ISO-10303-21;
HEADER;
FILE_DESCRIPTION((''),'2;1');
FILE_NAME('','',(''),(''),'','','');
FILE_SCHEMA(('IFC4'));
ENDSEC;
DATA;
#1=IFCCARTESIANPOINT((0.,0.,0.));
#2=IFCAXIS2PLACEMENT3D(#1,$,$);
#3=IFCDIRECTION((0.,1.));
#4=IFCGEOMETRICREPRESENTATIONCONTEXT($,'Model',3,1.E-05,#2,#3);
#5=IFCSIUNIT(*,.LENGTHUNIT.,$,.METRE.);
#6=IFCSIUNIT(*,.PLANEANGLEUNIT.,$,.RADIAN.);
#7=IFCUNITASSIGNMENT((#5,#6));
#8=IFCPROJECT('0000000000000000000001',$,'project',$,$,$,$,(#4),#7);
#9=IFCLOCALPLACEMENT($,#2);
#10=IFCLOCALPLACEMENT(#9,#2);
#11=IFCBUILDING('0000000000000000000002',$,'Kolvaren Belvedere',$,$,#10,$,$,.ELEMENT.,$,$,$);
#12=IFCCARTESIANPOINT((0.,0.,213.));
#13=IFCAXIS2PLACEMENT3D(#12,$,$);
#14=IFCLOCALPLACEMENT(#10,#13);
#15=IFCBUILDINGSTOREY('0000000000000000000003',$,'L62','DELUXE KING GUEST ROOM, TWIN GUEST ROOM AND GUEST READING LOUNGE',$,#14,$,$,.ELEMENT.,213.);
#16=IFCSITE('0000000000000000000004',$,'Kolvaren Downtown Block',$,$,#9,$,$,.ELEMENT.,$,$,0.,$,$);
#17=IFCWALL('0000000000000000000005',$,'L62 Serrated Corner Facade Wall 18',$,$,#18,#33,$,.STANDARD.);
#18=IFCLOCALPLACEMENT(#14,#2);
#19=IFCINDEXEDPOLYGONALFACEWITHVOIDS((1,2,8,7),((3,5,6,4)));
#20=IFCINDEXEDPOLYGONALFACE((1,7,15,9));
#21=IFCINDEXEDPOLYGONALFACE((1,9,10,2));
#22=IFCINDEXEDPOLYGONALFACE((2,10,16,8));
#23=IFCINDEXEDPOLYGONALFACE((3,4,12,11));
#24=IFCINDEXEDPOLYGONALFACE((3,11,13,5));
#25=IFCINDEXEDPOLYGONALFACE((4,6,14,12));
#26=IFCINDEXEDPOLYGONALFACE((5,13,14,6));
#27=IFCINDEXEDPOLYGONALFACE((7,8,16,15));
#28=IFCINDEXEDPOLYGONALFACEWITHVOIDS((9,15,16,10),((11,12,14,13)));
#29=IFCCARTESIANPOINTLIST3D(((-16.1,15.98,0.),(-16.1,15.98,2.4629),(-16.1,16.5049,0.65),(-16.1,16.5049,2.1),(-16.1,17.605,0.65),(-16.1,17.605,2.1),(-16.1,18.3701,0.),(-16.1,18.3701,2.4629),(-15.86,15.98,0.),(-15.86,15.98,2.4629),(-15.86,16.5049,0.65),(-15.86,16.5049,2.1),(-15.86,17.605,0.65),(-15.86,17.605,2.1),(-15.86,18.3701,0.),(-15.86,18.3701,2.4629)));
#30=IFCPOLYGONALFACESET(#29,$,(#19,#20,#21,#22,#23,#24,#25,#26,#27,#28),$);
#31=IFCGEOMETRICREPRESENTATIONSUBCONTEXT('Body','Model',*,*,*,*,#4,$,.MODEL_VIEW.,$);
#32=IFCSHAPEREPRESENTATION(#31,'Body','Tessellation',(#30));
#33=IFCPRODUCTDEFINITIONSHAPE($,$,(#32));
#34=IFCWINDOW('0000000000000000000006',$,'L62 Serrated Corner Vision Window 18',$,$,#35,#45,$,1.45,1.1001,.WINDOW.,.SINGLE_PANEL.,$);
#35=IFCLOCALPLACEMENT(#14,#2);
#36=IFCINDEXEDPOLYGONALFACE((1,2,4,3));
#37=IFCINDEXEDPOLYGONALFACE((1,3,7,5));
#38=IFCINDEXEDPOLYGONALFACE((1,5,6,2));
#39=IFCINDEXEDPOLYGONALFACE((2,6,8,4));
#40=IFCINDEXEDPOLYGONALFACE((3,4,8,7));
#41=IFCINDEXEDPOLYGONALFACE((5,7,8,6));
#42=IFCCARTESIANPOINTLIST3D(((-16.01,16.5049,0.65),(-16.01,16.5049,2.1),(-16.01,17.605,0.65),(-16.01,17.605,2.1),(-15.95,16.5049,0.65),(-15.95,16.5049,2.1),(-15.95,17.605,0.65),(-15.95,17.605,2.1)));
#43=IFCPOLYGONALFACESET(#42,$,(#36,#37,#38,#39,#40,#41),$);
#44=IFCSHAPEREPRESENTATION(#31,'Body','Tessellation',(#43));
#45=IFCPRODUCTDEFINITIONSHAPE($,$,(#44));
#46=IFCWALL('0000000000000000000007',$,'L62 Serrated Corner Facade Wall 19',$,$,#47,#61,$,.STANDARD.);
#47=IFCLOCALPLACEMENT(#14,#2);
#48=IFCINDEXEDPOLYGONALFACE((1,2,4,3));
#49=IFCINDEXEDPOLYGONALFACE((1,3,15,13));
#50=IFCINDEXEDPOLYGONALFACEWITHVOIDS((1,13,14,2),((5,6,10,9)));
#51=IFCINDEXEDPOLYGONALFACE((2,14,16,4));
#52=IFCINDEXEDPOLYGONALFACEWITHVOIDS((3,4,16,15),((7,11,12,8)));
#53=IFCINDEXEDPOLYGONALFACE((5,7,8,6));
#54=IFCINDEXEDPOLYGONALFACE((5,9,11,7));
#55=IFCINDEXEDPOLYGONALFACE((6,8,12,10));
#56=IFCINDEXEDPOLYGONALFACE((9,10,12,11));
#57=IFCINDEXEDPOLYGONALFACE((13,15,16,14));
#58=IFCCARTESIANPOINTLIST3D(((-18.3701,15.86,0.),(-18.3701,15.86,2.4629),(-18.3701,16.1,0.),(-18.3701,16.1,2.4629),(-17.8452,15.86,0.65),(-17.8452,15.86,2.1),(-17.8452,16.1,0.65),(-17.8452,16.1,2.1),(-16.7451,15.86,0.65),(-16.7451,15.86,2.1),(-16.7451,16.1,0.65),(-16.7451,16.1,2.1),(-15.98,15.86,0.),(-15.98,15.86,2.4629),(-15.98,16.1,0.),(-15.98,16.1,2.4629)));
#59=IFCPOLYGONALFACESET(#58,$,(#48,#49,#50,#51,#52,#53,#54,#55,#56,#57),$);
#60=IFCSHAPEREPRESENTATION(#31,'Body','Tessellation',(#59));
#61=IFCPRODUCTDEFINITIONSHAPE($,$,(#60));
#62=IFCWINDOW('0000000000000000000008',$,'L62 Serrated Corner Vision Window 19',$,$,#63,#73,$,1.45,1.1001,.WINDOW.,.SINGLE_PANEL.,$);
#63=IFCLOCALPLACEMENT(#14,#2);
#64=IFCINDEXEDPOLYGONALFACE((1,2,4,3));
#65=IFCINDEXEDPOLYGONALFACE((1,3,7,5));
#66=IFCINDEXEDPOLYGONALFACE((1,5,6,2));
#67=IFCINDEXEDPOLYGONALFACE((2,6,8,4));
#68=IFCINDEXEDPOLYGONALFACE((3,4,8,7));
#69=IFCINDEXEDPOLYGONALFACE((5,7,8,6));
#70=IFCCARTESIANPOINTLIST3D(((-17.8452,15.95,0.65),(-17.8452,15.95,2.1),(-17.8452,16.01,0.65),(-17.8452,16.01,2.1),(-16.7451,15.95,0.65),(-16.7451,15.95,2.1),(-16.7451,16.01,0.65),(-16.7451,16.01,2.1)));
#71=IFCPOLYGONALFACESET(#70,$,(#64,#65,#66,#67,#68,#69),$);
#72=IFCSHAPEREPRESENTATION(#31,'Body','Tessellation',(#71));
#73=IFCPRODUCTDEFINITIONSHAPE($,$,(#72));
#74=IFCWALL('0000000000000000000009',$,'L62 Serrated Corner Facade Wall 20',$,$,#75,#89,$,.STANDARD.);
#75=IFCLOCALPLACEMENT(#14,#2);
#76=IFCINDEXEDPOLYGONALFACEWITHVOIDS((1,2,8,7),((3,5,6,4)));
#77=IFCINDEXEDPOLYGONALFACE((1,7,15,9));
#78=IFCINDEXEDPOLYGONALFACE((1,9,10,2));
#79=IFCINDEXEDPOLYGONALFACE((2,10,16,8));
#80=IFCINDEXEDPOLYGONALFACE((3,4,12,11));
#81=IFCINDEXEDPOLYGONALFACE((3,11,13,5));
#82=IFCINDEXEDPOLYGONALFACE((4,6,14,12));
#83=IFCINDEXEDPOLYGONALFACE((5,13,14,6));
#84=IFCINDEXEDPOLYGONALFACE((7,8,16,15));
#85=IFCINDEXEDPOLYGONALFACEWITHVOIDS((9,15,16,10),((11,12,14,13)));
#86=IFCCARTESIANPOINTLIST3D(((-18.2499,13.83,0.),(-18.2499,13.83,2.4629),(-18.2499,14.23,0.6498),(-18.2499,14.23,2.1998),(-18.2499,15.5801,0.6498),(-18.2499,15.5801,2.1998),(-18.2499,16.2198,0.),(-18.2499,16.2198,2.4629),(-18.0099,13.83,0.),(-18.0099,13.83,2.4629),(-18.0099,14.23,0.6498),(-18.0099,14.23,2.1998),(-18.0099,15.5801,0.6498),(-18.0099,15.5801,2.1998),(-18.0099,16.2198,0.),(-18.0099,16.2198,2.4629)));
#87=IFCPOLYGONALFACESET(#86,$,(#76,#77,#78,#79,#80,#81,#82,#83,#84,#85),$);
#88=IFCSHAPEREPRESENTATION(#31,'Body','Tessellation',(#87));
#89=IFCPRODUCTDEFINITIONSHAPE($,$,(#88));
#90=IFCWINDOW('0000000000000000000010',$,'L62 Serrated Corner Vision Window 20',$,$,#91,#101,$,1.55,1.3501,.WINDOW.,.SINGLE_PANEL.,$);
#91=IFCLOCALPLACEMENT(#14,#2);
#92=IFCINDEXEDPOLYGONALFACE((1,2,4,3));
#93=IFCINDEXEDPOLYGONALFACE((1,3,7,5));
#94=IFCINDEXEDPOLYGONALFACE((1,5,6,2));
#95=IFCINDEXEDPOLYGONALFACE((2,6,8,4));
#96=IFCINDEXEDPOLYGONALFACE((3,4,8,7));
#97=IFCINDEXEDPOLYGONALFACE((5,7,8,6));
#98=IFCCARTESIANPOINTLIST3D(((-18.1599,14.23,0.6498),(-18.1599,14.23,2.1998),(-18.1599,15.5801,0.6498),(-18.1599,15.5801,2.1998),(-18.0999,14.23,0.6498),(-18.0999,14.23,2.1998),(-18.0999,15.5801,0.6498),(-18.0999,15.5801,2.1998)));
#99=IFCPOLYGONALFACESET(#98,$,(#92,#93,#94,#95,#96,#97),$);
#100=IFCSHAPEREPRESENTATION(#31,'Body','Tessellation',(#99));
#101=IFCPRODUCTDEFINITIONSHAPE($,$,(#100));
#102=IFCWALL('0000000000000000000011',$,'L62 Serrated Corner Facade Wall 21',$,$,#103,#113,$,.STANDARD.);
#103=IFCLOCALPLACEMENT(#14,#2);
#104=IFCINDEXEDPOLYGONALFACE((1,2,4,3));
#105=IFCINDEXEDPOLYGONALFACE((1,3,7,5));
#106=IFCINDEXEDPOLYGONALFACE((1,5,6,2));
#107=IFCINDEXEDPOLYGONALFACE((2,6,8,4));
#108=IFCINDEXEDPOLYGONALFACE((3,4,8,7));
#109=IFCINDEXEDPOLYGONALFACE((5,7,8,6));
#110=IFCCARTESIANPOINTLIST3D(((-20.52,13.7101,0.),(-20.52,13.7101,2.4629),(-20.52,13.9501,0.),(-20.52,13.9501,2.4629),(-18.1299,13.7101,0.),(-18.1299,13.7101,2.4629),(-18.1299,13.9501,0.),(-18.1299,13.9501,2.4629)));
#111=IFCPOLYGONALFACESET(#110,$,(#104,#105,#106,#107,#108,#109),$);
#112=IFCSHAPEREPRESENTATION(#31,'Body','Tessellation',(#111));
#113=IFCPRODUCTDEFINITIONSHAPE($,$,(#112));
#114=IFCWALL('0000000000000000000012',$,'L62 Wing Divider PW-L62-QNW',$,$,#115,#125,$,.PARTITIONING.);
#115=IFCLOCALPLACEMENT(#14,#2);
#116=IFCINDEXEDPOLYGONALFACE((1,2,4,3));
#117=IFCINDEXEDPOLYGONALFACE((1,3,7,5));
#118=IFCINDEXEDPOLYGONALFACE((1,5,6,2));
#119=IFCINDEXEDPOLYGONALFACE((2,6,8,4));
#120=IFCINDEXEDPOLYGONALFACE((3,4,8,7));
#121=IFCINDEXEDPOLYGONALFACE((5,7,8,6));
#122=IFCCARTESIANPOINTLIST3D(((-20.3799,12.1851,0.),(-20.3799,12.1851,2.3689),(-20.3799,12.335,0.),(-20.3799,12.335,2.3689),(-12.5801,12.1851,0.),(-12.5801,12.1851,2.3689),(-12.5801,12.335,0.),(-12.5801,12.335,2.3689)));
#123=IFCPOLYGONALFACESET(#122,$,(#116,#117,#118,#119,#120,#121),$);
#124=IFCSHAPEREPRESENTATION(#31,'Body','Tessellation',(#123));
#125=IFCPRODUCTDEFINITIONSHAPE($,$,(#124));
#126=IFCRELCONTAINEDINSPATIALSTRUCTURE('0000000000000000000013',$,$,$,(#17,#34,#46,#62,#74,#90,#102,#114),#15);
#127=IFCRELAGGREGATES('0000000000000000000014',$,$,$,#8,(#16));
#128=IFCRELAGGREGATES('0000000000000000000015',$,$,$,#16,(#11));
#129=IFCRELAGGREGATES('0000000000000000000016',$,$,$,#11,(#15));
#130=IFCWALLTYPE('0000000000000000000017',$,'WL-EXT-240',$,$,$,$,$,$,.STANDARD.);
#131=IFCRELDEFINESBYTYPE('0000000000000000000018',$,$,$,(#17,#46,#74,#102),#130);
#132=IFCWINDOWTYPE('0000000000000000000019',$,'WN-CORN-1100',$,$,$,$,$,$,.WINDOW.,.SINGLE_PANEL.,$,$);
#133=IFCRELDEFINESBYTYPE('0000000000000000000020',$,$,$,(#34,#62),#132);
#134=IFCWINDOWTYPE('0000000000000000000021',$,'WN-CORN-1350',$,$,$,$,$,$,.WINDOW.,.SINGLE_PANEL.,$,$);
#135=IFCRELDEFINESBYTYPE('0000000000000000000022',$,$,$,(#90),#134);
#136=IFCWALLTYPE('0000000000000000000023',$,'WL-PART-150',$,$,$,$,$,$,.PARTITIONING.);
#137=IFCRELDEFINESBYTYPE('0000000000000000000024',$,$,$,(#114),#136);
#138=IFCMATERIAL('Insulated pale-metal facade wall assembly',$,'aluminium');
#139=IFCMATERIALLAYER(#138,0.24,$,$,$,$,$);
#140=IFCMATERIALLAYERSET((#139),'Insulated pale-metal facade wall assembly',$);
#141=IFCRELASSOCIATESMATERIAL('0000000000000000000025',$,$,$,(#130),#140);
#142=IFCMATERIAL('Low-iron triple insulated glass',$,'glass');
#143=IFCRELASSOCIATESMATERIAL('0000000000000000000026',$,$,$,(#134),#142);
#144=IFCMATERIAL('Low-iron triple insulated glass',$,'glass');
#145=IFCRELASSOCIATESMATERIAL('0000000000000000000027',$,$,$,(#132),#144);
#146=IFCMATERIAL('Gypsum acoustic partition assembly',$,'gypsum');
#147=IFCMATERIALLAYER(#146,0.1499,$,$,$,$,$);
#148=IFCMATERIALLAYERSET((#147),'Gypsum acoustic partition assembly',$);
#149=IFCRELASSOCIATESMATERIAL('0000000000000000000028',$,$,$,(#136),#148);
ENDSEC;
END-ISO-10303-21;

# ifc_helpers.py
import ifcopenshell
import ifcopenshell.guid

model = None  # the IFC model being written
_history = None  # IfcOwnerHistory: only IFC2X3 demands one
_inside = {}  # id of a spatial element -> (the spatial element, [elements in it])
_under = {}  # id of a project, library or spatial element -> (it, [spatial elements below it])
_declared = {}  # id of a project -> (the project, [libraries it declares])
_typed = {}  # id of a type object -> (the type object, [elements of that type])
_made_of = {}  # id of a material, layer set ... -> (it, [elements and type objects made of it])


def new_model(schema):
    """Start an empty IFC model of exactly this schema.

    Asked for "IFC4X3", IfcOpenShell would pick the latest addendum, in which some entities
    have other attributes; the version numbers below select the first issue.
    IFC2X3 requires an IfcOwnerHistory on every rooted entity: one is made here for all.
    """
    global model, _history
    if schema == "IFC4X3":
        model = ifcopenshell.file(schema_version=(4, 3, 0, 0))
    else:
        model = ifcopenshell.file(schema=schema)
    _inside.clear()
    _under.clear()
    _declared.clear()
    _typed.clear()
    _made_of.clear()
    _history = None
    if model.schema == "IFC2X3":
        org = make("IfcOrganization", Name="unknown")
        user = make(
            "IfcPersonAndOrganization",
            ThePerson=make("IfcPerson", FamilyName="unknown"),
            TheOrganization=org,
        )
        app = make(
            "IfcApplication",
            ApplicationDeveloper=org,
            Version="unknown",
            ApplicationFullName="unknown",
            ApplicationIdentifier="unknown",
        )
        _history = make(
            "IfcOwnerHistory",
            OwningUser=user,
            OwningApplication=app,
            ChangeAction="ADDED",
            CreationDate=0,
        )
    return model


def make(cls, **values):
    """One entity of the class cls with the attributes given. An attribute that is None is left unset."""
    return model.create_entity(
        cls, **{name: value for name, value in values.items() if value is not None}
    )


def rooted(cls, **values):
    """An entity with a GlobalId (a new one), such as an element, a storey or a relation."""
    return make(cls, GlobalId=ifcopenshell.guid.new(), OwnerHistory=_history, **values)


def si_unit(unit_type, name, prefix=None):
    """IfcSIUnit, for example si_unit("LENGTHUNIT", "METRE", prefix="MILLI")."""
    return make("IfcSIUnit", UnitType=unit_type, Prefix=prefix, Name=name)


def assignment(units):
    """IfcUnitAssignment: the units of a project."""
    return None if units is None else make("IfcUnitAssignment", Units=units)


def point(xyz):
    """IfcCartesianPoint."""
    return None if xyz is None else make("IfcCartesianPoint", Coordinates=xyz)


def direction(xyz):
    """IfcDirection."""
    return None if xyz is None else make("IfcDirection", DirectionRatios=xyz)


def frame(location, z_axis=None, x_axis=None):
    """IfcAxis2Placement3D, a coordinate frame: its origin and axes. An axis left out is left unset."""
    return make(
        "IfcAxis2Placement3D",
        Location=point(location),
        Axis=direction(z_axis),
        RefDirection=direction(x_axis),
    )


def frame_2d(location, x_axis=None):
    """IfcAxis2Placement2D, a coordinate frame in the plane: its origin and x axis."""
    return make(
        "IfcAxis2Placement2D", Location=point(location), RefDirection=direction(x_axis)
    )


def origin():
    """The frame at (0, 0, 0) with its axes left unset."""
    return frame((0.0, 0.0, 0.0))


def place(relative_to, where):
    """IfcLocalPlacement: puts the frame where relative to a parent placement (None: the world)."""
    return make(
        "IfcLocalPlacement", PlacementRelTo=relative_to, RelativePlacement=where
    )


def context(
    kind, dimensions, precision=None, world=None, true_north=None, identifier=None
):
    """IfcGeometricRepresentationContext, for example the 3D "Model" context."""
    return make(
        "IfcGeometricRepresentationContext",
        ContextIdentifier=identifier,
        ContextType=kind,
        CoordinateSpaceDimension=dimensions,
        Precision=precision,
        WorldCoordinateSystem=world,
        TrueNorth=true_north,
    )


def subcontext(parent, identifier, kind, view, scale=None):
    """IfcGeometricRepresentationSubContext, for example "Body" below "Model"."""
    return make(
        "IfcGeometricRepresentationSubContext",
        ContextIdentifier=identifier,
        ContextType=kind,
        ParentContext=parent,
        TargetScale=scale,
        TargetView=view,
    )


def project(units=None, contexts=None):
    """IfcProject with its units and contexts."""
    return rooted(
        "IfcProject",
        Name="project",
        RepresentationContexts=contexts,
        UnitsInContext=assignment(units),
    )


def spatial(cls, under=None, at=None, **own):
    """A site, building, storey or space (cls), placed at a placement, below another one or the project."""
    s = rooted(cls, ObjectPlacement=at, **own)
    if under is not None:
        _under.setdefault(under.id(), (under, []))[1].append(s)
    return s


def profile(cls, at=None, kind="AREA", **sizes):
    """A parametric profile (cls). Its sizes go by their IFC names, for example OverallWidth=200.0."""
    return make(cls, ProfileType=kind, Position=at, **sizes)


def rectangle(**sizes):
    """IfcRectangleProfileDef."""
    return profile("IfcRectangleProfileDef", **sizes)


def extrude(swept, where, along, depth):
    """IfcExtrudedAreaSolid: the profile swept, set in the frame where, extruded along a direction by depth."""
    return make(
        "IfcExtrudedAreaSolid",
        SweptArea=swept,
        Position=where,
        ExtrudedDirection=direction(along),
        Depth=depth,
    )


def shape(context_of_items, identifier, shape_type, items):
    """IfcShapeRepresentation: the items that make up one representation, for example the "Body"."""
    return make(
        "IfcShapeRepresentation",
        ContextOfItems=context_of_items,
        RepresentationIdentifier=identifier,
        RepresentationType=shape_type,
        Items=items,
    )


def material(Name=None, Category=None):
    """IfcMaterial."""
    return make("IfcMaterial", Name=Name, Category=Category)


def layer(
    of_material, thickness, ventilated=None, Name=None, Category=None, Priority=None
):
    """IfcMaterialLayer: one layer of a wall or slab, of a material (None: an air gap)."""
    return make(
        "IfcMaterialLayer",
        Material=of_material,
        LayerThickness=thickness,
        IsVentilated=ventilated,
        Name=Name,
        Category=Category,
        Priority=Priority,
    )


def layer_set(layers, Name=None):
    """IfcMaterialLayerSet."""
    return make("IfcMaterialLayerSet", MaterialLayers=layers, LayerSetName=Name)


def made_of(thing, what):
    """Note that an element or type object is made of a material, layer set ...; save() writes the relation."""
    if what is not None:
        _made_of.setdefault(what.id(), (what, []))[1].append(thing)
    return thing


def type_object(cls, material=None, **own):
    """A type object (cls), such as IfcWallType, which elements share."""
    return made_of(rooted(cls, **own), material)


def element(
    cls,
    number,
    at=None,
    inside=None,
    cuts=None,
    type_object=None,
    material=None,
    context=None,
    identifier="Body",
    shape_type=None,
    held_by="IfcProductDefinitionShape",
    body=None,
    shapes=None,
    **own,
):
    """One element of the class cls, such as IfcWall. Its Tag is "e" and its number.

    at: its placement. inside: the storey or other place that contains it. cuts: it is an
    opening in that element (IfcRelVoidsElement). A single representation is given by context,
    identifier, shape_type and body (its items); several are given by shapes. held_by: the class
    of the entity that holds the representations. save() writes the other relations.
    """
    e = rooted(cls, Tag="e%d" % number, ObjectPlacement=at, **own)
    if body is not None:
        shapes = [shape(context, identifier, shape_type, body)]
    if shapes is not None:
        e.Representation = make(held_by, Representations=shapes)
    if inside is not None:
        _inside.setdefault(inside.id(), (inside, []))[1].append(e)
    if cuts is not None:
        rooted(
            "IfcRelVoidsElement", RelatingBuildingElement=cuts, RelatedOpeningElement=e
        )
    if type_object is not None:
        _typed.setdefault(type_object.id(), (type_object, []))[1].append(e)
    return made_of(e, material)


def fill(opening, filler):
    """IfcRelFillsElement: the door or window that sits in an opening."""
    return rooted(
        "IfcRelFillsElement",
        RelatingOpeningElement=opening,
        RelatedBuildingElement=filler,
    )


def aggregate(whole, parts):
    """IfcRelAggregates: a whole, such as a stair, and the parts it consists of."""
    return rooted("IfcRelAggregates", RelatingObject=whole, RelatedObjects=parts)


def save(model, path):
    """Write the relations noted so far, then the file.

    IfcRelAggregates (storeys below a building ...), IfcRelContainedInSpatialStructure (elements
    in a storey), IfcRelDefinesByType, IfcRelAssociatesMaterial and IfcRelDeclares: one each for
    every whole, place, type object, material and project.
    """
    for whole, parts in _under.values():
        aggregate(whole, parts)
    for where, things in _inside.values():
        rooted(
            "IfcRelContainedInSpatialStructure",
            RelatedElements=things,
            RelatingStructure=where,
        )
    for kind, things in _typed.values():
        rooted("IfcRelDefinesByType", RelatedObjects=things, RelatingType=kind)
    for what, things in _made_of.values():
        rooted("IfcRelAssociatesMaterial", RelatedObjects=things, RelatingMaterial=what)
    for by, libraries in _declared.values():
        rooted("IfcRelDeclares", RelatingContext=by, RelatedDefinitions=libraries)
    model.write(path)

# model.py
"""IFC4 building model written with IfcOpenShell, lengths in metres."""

from ifc_helpers import new_model, si_unit, direction, frame, frame_2d, origin, place, context, subcontext, project, spatial, rectangle, extrude, material, layer, layer_set, type_object, element, fill, save


model = new_model("IFC4")

# Units and contexts
model_context = context("Model", 3, precision=1e-05, world=origin(), true_north=direction((0.0, 1.0)))
body_context = subcontext(model_context, "Body", "Model", "MODEL_VIEW")
ifc_project = project(units=[si_unit("LENGTHUNIT", "METRE"), si_unit("PLANEANGLEUNIT", "RADIAN")], contexts=[model_context])

# Site, building, storey
site_placement = place(None, origin())
site = spatial("IfcSite", under=ifc_project, at=site_placement, Name="Kolvaren Downtown Block", CompositionType="ELEMENT", RefElevation=0.0)
building_placement = place(site_placement, origin())
building = spatial("IfcBuilding", under=site, at=building_placement, Name="Kolvaren Belvedere", CompositionType="ELEMENT")
storey_placement = place(building_placement, frame((0.0, 0.0, 213.0)))
storey = spatial("IfcBuildingStorey", under=building, at=storey_placement, Name="L62", Description="DELUXE KING GUEST ROOM, TWIN GUEST ROOM AND GUEST READING LOUNGE", CompositionType="ELEMENT", Elevation=213.0)

# Shared definitions
ifc_material_1 = material(Name="Insulated pale-metal facade wall assembly", Category="aluminium")
ifc_layer_1 = layer(ifc_material_1, 0.24)
ifc_layer_set_1 = layer_set([ifc_layer_1], Name="Insulated pale-metal facade wall assembly")
wall_type_1 = type_object("IfcWallType", Name="WL-EXT-240", PredefinedType="STANDARD", material=ifc_layer_set_1)

# Walls, openings, windows
ifc_material_2 = material(Name="Low-iron triple insulated glass", Category="glass")
window_type_1 = type_object("IfcWindowType", Name="WN-CORN-1350", PartitioningType="SINGLE_PANEL", PredefinedType="WINDOW", material=ifc_material_2)
wall_1_placement = place(storey_placement, frame((-15.98, 15.98, 0.0), z_axis=(0.0, 0.0, 1.0), x_axis=(0.0, 1.0, 0.0)))
wall_1 = element("IfcWall", 1, at=wall_1_placement, inside=storey, type_object=wall_type_1, Name="L62 Serrated Corner Facade Wall 18", PredefinedType="STANDARD", context=body_context, shape_type="SweptSolid", body=[
    extrude(rectangle(XDim=2.3901, YDim=0.24, at=frame_2d((1.1951, 0.0))), origin(), (0.0, 0.0, 1.0), 2.4629),
])
opening_1_placement = place(wall_1_placement, frame((0.5249, 0.0, 0.6499)))
opening_1 = element("IfcOpeningElement", 2, at=opening_1_placement, cuts=wall_1, PredefinedType="OPENING", context=body_context, shape_type="SweptSolid", body=[
    extrude(rectangle(XDim=1.1001, YDim=1.45, at=frame_2d((0.55, 0.7251))), frame((0.0, 0.1299, 0.0), z_axis=(0.0, -1.0, 0.0), x_axis=(1.0, 0.0, 0.0)), (0.0, 0.0, 1.0), 0.26),
])
ifc_material_3 = material(Name="Low-iron triple insulated glass", Category="glass")
window_type_2 = type_object("IfcWindowType", Name="WN-CORN-1100", PartitioningType="SINGLE_PANEL", PredefinedType="WINDOW", material=ifc_material_3)
window_1_placement = place(opening_1_placement, origin())
window_1 = element("IfcWindow", 3, at=window_1_placement, inside=storey, type_object=window_type_2, Name="L62 Serrated Corner Vision Window 18", OverallHeight=1.45, OverallWidth=1.1001, PartitioningType="SINGLE_PANEL", PredefinedType="WINDOW", context=body_context, shape_type="SweptSolid", body=[
    extrude(rectangle(XDim=1.1001, YDim=1.45, at=frame_2d((0.55, 0.7251))), frame((0.0, 0.03, 0.0), z_axis=(0.0, -1.0, 0.0), x_axis=(1.0, 0.0, 0.0)), (0.0, 0.0, 1.0), 0.0601),
])
fill(opening_1, window_1)
wall_2_placement = place(storey_placement, frame((-18.3701, 15.98, 0.0), z_axis=(0.0, 0.0, 1.0), x_axis=(1.0, 0.0, 0.0)))
wall_2 = element("IfcWall", 4, at=wall_2_placement, inside=storey, type_object=wall_type_1, Name="L62 Serrated Corner Facade Wall 19", PredefinedType="STANDARD", context=body_context, shape_type="SweptSolid", body=[
    extrude(rectangle(XDim=2.3901, YDim=0.24, at=frame_2d((1.1951, 0.0))), origin(), (0.0, 0.0, 1.0), 2.4629),
])
opening_2_placement = place(wall_2_placement, frame((0.5249, 0.0, 0.6499)))
opening_2 = element("IfcOpeningElement", 5, at=opening_2_placement, cuts=wall_2, PredefinedType="OPENING", context=body_context, shape_type="SweptSolid", body=[
    extrude(rectangle(XDim=1.1001, YDim=1.45, at=frame_2d((0.55, 0.7251))), frame((0.0, 0.1299, 0.0), z_axis=(0.0, -1.0, 0.0), x_axis=(1.0, 0.0, 0.0)), (0.0, 0.0, 1.0), 0.26),
])
window_2_placement = place(opening_2_placement, origin())
window_2 = element("IfcWindow", 6, at=window_2_placement, inside=storey, type_object=window_type_2, Name="L62 Serrated Corner Vision Window 19", OverallHeight=1.45, OverallWidth=1.1001, PartitioningType="SINGLE_PANEL", PredefinedType="WINDOW", context=body_context, shape_type="SweptSolid", body=[
    extrude(rectangle(XDim=1.1001, YDim=1.45, at=frame_2d((0.55, 0.7251))), frame((0.0, 0.03, 0.0), z_axis=(0.0, -1.0, 0.0), x_axis=(1.0, 0.0, 0.0)), (0.0, 0.0, 1.0), 0.0601),
])
fill(opening_2, window_2)
wall_3_placement = place(storey_placement, frame((-18.1299, 13.8301, 0.0), z_axis=(0.0, 0.0, 1.0), x_axis=(0.0, 1.0, 0.0)))
wall_3 = element("IfcWall", 7, at=wall_3_placement, inside=storey, type_object=wall_type_1, Name="L62 Serrated Corner Facade Wall 20", PredefinedType="STANDARD", context=body_context, shape_type="SweptSolid", body=[
    extrude(rectangle(XDim=2.3899, YDim=0.24, at=frame_2d((1.1948, 0.0))), origin(), (0.0, 0.0, 1.0), 2.4629),
])
opening_3_placement = place(wall_3_placement, frame((0.3999, 0.0, 0.6499)))
opening_3 = element("IfcOpeningElement", 8, at=opening_3_placement, cuts=wall_3, PredefinedType="OPENING", context=body_context, shape_type="SweptSolid", body=[
    extrude(rectangle(XDim=1.3501, YDim=1.55, at=frame_2d((0.675, 0.7749))), frame((0.0, 0.1299, 0.0), z_axis=(0.0, -1.0, 0.0), x_axis=(1.0, 0.0, 0.0)), (0.0, 0.0, 1.0), 0.26),
])
window_3_placement = place(opening_3_placement, origin())
window_3 = element("IfcWindow", 9, at=window_3_placement, inside=storey, type_object=window_type_1, Name="L62 Serrated Corner Vision Window 20", OverallHeight=1.55, OverallWidth=1.3501, PartitioningType="SINGLE_PANEL", PredefinedType="WINDOW", context=body_context, shape_type="SweptSolid", body=[
    extrude(rectangle(XDim=1.3501, YDim=1.55, at=frame_2d((0.675, 0.7749))), frame((0.0, 0.03, 0.0), z_axis=(0.0, -1.0, 0.0), x_axis=(1.0, 0.0, 0.0)), (0.0, 0.0, 1.0), 0.0601),
])
fill(opening_3, window_3)

# Walls
wall_4_placement = place(storey_placement, frame((-20.52, 13.8301, 0.0), z_axis=(0.0, 0.0, 1.0), x_axis=(1.0, 0.0, 0.0)))
element("IfcWall", 10, at=wall_4_placement, inside=storey, type_object=wall_type_1, Name="L62 Serrated Corner Facade Wall 21", PredefinedType="STANDARD", context=body_context, shape_type="SweptSolid", body=[
    extrude(rectangle(XDim=2.3901, YDim=0.24, at=frame_2d((1.1951, 0.0))), origin(), (0.0, 0.0, 1.0), 2.4629),
])
ifc_material_4 = material(Name="Gypsum acoustic partition assembly", Category="gypsum")
ifc_layer_2 = layer(ifc_material_4, 0.1499)
ifc_layer_set_2 = layer_set([ifc_layer_2], Name="Gypsum acoustic partition assembly")
wall_type_2 = type_object("IfcWallType", Name="WL-PART-150", PredefinedType="PARTITIONING", material=ifc_layer_set_2)
wall_5_placement = place(storey_placement, frame((-20.3799, 12.26, 0.0), z_axis=(0.0, 0.0, 1.0), x_axis=(1.0, 0.0, 0.0)))
element("IfcWall", 11, at=wall_5_placement, inside=storey, type_object=wall_type_2, Name="L62 Wing Divider PW-L62-QNW", PredefinedType="PARTITIONING", context=body_context, shape_type="SweptSolid", body=[
    extrude(rectangle(XDim=7.7998, YDim=0.1499, at=frame_2d((3.8999, 0.0))), origin(), (0.0, 0.0, 1.0), 2.3689),
])

save(model, "model.ifc")
